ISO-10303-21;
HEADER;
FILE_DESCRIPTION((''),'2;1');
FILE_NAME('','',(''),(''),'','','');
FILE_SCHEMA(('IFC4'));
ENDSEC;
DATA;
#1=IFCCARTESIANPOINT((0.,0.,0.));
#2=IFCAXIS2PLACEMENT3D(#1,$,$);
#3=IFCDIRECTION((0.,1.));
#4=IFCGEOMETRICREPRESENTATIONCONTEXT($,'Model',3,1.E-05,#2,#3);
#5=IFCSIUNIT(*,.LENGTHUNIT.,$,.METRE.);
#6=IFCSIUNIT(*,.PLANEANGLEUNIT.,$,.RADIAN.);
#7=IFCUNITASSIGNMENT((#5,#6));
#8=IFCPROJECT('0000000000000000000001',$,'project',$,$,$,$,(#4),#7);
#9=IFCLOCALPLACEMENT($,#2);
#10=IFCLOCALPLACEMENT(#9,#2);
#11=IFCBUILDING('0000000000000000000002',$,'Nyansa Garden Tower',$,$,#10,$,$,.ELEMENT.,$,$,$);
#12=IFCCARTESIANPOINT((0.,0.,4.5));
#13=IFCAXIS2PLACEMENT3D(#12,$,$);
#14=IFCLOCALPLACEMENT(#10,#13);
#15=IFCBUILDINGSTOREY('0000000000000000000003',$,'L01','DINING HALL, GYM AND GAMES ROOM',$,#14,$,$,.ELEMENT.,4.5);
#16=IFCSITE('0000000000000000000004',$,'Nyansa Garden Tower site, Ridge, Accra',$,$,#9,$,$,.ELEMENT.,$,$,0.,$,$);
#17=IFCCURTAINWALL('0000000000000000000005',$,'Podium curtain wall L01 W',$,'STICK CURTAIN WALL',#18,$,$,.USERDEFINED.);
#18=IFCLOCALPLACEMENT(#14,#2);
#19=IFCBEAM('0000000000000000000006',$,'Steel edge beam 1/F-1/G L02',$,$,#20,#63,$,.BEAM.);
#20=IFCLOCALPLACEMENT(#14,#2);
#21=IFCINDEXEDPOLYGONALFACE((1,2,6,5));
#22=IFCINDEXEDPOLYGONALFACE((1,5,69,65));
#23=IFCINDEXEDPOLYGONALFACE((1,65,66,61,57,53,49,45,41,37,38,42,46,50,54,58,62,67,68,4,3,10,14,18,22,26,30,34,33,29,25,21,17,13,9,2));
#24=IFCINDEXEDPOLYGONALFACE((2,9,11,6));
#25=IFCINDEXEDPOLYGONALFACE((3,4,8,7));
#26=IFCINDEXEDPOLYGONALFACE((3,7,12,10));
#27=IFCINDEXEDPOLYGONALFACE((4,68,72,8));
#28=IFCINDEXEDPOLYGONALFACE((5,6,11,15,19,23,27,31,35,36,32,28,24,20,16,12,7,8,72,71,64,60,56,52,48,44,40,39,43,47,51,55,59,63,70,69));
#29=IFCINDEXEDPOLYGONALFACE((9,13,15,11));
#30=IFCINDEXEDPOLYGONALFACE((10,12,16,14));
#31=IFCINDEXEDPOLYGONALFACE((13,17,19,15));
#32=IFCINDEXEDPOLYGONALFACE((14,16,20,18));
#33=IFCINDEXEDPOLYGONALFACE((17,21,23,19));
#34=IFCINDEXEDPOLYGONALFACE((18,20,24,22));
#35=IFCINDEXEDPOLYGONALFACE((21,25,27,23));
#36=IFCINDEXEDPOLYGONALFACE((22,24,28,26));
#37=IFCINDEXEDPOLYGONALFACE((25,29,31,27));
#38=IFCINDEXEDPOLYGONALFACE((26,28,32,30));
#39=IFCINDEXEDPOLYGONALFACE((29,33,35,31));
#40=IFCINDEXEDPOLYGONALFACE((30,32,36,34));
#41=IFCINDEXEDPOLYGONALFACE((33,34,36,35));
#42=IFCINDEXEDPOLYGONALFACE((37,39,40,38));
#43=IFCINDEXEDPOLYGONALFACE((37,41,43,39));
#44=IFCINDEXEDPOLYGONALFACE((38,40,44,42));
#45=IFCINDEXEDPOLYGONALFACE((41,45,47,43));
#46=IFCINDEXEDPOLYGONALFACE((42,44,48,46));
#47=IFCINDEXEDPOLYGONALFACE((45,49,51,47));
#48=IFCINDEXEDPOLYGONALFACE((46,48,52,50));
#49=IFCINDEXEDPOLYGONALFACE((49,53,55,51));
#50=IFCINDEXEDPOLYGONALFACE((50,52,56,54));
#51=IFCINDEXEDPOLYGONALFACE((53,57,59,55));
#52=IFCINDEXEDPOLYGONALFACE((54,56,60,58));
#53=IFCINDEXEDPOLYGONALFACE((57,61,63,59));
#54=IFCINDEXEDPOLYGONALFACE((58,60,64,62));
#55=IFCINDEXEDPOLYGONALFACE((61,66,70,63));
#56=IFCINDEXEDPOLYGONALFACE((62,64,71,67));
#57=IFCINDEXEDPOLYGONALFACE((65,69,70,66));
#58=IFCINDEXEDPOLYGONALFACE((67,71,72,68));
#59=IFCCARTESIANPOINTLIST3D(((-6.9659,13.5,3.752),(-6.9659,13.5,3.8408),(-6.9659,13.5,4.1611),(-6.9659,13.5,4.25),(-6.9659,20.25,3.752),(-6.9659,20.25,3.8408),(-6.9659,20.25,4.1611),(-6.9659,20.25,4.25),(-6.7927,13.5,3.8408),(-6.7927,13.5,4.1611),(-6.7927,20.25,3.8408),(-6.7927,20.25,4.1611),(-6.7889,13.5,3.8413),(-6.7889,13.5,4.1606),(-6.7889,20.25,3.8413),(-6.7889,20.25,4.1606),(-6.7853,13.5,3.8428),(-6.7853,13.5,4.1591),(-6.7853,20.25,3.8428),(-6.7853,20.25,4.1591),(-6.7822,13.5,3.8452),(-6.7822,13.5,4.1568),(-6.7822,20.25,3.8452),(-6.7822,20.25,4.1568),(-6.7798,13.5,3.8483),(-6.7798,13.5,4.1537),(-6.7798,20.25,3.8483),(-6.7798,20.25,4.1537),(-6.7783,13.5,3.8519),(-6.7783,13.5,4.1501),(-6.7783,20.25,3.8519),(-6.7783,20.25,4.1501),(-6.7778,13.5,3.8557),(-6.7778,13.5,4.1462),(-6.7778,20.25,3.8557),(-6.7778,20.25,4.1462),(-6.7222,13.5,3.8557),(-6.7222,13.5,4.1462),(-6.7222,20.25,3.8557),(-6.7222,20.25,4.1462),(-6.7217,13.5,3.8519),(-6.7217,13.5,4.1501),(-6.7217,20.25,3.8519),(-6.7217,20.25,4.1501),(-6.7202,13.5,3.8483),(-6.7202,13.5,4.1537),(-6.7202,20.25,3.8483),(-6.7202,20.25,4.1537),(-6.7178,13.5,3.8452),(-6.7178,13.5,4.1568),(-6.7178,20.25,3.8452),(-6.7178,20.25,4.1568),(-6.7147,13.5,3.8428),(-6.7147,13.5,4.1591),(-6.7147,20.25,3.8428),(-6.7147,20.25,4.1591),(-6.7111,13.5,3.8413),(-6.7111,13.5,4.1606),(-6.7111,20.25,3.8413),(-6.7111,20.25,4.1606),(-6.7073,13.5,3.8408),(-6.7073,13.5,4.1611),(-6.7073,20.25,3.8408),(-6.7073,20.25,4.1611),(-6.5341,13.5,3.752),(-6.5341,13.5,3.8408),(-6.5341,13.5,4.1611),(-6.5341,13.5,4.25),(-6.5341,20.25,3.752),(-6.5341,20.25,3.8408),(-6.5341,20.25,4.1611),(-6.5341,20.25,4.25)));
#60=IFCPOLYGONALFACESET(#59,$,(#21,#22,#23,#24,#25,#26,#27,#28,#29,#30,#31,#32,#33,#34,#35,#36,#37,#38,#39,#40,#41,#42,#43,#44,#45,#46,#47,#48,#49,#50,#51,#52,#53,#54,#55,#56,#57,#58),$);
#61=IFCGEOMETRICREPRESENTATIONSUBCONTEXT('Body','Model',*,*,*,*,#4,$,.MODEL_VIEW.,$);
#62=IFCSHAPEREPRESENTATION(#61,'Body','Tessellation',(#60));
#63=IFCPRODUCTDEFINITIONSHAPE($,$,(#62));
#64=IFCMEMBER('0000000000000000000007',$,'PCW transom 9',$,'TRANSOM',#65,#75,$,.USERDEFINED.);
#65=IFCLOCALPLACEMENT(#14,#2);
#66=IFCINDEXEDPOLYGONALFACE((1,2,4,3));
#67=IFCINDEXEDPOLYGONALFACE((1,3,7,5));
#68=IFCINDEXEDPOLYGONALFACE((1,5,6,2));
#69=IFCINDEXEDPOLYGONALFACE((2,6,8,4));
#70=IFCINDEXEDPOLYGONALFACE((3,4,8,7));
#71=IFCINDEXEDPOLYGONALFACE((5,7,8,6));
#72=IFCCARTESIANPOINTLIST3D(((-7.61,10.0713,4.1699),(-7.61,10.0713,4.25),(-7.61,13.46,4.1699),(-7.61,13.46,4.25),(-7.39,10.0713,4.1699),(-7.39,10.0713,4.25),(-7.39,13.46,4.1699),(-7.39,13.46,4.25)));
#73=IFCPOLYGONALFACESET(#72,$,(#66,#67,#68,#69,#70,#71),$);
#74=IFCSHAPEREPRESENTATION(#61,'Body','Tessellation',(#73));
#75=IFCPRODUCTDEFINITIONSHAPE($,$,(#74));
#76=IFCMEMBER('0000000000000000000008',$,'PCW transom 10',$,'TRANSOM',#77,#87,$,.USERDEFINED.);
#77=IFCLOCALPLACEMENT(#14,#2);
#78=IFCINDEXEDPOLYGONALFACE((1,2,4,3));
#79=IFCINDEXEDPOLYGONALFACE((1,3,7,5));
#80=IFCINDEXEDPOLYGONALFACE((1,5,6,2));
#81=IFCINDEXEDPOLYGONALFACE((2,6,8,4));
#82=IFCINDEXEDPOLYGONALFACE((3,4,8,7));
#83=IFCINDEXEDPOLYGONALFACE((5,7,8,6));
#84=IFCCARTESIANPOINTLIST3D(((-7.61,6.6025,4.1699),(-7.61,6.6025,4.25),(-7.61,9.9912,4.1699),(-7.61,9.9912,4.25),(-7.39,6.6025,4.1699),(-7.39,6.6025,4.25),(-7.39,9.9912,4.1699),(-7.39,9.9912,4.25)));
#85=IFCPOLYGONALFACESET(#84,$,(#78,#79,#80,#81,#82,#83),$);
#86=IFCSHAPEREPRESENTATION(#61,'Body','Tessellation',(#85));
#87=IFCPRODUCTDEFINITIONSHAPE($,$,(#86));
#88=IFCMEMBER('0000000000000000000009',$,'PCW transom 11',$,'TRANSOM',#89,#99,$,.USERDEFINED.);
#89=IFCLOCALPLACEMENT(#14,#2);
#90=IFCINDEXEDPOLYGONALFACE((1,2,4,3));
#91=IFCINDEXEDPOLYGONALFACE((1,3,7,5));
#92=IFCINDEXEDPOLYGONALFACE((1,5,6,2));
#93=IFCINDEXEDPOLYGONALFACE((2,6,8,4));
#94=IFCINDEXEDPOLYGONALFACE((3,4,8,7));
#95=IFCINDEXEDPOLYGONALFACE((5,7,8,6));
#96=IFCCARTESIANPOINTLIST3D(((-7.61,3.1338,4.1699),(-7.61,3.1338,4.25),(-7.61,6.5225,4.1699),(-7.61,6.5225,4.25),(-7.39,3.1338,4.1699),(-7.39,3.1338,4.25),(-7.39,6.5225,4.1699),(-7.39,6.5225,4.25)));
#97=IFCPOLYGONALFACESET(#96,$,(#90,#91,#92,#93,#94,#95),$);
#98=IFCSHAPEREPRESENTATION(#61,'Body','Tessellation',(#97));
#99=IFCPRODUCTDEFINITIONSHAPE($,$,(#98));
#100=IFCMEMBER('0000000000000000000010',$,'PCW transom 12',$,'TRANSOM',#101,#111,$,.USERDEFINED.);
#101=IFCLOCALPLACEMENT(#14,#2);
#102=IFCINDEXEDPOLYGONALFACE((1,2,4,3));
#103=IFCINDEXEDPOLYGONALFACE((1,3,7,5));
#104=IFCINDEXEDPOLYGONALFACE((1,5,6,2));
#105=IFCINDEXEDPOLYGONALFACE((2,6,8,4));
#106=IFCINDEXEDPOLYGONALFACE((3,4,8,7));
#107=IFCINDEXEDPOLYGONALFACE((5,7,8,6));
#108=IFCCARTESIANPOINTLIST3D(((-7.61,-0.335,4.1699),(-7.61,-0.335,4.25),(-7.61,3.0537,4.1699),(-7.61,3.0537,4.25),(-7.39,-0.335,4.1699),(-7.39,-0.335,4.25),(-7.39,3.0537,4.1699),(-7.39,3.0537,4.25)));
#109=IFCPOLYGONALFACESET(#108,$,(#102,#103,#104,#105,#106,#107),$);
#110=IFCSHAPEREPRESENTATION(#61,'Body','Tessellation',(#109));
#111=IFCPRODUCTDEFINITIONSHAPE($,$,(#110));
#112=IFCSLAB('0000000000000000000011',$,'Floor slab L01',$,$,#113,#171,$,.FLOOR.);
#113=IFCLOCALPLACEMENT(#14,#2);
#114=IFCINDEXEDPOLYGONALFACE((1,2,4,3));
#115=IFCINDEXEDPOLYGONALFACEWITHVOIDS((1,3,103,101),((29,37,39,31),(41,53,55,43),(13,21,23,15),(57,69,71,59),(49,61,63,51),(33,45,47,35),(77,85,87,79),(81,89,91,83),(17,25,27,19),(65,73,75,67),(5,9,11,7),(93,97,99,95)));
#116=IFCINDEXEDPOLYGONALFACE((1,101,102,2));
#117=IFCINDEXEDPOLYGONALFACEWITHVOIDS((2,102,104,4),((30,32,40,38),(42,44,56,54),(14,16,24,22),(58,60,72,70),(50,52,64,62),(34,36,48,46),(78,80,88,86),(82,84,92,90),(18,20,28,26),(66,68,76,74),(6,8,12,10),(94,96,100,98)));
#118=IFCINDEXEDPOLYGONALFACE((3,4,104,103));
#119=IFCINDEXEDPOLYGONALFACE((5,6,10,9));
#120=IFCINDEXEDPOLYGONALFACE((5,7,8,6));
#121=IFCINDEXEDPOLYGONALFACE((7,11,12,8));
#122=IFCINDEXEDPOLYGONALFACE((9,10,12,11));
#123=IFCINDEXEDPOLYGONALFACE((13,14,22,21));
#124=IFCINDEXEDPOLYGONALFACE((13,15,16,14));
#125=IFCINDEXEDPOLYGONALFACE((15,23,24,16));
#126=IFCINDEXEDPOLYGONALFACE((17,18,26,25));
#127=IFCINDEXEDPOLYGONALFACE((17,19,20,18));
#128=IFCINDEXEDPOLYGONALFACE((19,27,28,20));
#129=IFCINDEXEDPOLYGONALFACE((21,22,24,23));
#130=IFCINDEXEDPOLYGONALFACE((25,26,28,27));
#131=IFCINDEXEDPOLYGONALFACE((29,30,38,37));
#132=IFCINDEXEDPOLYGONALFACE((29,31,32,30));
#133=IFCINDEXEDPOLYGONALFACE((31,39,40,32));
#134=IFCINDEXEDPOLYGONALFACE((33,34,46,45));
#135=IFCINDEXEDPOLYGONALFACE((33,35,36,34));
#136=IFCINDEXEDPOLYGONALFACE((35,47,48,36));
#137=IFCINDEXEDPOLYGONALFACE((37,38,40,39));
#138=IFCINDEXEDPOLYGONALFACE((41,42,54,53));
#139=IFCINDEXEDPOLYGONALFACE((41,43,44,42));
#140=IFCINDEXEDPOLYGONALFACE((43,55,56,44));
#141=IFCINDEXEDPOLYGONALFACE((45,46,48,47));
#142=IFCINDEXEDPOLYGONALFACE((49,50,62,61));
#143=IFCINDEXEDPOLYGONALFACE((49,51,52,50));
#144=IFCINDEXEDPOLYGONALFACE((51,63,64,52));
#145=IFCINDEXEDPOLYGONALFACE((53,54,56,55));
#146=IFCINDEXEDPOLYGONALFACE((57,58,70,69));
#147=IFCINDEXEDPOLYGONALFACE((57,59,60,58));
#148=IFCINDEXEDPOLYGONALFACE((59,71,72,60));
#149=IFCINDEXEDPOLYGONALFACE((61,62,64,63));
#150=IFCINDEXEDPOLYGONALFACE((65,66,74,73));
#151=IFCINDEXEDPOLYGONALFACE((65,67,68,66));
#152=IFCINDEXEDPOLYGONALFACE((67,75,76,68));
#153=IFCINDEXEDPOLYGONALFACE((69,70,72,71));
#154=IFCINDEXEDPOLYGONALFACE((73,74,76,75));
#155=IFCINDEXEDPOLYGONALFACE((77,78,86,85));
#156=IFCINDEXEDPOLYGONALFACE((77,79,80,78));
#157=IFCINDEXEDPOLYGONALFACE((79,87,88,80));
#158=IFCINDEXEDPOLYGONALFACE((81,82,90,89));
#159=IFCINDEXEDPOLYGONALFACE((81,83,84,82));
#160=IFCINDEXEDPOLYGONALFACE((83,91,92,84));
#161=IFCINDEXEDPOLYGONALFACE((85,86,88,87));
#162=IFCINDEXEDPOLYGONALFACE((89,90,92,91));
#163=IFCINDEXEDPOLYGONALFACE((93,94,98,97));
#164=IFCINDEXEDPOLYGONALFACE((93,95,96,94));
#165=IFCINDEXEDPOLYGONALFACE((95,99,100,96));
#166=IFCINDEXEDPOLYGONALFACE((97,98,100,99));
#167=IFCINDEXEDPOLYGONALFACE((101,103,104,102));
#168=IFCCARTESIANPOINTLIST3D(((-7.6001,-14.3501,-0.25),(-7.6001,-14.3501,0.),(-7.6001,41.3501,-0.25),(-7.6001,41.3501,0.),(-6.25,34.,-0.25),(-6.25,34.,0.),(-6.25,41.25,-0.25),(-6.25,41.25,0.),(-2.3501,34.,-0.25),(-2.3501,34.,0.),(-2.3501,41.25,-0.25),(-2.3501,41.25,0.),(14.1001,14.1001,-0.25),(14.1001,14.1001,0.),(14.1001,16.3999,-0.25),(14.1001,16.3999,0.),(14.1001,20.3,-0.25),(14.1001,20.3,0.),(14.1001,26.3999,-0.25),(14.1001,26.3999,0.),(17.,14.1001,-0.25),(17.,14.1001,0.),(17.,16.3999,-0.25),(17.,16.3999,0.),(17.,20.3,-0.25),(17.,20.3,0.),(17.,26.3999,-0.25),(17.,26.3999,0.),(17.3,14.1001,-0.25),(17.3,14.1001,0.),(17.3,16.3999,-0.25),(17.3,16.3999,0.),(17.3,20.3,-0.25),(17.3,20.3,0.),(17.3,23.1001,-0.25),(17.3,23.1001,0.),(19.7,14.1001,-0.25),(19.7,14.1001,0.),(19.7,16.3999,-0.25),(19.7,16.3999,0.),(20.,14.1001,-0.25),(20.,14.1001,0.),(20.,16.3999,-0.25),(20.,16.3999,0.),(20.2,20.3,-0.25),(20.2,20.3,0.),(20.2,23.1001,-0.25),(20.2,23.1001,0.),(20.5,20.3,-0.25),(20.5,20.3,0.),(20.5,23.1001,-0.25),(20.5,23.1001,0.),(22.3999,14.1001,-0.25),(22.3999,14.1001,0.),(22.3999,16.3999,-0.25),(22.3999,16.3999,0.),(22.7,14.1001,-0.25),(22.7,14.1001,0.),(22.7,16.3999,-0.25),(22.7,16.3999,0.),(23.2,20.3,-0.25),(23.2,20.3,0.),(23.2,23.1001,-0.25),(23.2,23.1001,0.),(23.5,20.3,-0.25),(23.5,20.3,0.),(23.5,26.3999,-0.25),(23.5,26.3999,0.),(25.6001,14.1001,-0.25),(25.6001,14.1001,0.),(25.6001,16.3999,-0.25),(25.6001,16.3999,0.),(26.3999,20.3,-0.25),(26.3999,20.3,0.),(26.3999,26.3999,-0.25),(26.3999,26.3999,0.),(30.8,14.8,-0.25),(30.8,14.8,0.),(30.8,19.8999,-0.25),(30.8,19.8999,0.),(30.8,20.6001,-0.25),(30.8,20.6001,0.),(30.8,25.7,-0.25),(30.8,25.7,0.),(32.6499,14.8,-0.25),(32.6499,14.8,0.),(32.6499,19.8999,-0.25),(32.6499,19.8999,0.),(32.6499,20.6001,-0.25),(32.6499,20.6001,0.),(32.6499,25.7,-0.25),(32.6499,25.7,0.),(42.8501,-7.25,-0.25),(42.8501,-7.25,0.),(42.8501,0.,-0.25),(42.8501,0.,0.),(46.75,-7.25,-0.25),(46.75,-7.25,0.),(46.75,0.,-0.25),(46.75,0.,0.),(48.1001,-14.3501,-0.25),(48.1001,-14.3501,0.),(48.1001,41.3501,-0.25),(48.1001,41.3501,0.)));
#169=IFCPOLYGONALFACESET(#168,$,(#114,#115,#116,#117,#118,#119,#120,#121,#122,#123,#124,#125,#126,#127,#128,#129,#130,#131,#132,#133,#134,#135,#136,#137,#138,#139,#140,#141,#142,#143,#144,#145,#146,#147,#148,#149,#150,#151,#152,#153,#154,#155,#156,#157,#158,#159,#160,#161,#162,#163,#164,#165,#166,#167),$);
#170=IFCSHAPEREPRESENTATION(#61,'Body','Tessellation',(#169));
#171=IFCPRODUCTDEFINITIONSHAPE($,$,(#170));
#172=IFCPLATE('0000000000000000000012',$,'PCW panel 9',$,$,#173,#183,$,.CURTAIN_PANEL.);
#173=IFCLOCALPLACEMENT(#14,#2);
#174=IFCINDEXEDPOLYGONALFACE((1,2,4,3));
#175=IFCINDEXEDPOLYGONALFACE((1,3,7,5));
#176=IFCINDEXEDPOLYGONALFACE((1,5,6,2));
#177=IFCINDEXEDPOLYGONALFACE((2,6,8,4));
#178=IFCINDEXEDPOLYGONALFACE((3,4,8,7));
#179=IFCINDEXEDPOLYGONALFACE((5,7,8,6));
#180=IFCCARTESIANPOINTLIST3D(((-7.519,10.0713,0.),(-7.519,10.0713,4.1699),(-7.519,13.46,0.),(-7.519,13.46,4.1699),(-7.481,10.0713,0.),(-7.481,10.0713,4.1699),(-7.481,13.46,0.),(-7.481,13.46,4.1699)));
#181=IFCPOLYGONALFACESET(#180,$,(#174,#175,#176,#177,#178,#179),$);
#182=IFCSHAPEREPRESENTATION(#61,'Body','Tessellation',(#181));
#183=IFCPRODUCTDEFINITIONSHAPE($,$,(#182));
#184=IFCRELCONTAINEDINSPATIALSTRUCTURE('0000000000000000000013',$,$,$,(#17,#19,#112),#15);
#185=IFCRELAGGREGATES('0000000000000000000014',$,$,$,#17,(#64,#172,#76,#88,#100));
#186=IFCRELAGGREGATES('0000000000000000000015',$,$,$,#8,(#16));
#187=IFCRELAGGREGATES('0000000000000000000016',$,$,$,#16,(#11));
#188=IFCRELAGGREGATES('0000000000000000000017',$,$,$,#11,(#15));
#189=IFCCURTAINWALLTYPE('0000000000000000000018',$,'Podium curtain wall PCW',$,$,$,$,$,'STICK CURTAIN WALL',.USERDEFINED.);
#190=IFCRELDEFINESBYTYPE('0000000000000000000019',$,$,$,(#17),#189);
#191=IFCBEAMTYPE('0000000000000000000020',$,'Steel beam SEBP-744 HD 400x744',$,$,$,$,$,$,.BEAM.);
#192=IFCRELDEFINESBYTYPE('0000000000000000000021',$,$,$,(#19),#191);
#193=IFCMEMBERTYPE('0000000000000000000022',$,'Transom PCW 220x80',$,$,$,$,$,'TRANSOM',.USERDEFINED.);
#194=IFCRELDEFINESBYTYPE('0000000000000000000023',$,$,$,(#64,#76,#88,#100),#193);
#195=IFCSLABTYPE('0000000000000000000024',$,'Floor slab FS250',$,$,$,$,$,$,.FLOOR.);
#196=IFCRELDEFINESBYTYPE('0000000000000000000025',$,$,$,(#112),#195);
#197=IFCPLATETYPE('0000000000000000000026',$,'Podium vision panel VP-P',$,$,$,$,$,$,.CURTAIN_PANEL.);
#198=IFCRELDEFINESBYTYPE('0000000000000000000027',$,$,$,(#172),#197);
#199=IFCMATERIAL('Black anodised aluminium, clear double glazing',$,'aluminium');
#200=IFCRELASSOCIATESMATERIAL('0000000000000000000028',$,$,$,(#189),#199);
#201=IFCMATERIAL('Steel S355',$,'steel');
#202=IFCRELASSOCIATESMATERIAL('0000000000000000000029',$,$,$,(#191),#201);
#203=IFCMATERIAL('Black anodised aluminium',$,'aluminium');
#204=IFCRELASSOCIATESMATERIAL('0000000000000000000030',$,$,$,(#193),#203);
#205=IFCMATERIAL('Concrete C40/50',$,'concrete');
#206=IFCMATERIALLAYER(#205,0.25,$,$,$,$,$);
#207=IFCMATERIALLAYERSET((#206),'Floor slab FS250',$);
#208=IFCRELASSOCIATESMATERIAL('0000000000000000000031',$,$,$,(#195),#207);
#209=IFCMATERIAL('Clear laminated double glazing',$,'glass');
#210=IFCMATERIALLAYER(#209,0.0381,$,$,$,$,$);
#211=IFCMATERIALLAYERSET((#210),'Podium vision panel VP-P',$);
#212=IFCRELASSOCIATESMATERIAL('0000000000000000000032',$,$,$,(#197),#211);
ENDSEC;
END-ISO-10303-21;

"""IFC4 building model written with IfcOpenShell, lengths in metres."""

from ifc_helpers import new_model, si_unit, direction, frame, origin, origin_2d, place, context, subcontext, project, spatial, polyline, rectangle, i_section, outline, extrude, material, layer, layer_set, material_profile, profile_set, type_object, element, aggregate, save


model = new_model("IFC4")

# Units and contexts
model_context = context("Model", 3, precision=1e-05, world=origin(), true_north=direction((0.0, 1.0)))
body_context = subcontext(model_context, "Body", "Model", "MODEL_VIEW")
ifc_project = project(units=[si_unit("LENGTHUNIT", "METRE"), si_unit("PLANEANGLEUNIT", "RADIAN")], contexts=[model_context])

# Site, building, storey
site_placement = place(None, origin())
site = spatial("IfcSite", under=ifc_project, at=site_placement, Name="Nyansa Garden Tower site, Ridge, Accra", CompositionType="ELEMENT", RefElevation=0.0)
building_placement = place(site_placement, origin())
building = spatial("IfcBuilding", under=site, at=building_placement, Name="Nyansa Garden Tower", CompositionType="ELEMENT")
storey_placement = place(building_placement, frame((0.0, 0.0, 4.5)))
storey = spatial("IfcBuildingStorey", under=building, at=storey_placement, Name="L01", Description="DINING HALL, GYM AND GAMES ROOM", CompositionType="ELEMENT", Elevation=4.5)

# Curtain wall
ifc_material_1 = material(Name="Black anodised aluminium, clear double glazing", Category="aluminium")
curtain_wall_type = type_object("IfcCurtainWallType", Name="Podium curtain wall PCW", ElementType="STICK CURTAIN WALL", PredefinedType="USERDEFINED", material=ifc_material_1)
curtain_wall_placement = place(storey_placement, origin())
curtain_wall = element("IfcCurtainWall", 1, at=curtain_wall_placement, inside=storey, type_object=curtain_wall_type, Name="Podium curtain wall L01 W", ObjectType="STICK CURTAIN WALL", PredefinedType="USERDEFINED")

# Beam
ifc_material_2 = material(Name="Steel S355", Category="steel")
ifc_material_profile_1 = material_profile(ifc_material_2, i_section(OverallWidth=0.4319, OverallDepth=0.498, WebThickness=0.0557, FlangeThickness=0.0889, FilletRadius=0.0149, at=origin_2d()), Name="HD 400x744")
ifc_profile_set_1 = profile_set([ifc_material_profile_1], Name="Steel S355")
beam_type_1 = type_object("IfcBeamType", Name="Steel beam SEBP-744 HD 400x744", PredefinedType="BEAM", material=ifc_profile_set_1)
for number, where, z_axis, x_axis, name in (
    (2, (-6.75, 13.5, 4.001), (0.0, 1.0, 0.0), (-1.0, 0.0, 0.0), "Steel edge beam 1/F-1/G L02"),
):
    element("IfcBeam", number, at=place(storey_placement, frame(where, z_axis=z_axis, x_axis=x_axis)), inside=storey, type_object=beam_type_1, Name=name, PredefinedType="BEAM", context=body_context, shape_type="SweptSolid", body=[
        extrude(i_section(OverallWidth=0.4319, OverallDepth=0.498, WebThickness=0.0557, FlangeThickness=0.0889, FilletRadius=0.0149, at=origin_2d()), origin(), (0.0, 0.0, 1.0), 6.75),
    ])

# Members
ifc_material_3 = material(Name="Black anodised aluminium", Category="aluminium")
ifc_material_profile_2 = material_profile(ifc_material_3, rectangle(XDim=0.22, YDim=0.0801, at=origin_2d()), Name="Transom 220x80")
ifc_profile_set_2 = profile_set([ifc_material_profile_2], Name="Black anodised aluminium")
member_type_1 = type_object("IfcMemberType", Name="Transom PCW 220x80", ElementType="TRANSOM", PredefinedType="USERDEFINED", material=ifc_profile_set_2)
member_1_placement = place(storey_placement, frame((-7.5, 13.46, 4.21), z_axis=(0.0, -1.0, 0.0), x_axis=(1.0, 0.0, 0.0)))
member_1 = element("IfcMember", 3, at=member_1_placement, type_object=member_type_1, Name="PCW transom 9", ObjectType="TRANSOM", PredefinedType="USERDEFINED", context=body_context, shape_type="SweptSolid", body=[
    extrude(rectangle(XDim=0.22, YDim=0.0801, at=origin_2d()), origin(), (0.0, 0.0, 1.0), 3.3887),
])
member_2_placement = place(storey_placement, frame((-7.5, 9.9912, 4.21), z_axis=(0.0, -1.0, 0.0), x_axis=(1.0, 0.0, 0.0)))
member_2 = element("IfcMember", 4, at=member_2_placement, type_object=member_type_1, Name="PCW transom 10", ObjectType="TRANSOM", PredefinedType="USERDEFINED", context=body_context, shape_type="SweptSolid", body=[
    extrude(rectangle(XDim=0.22, YDim=0.0801, at=origin_2d()), origin(), (0.0, 0.0, 1.0), 3.3887),
])
member_3_placement = place(storey_placement, frame((-7.5, 6.5225, 4.21), z_axis=(0.0, -1.0, 0.0), x_axis=(1.0, 0.0, 0.0)))
member_3 = element("IfcMember", 5, at=member_3_placement, type_object=member_type_1, Name="PCW transom 11", ObjectType="TRANSOM", PredefinedType="USERDEFINED", context=body_context, shape_type="SweptSolid", body=[
    extrude(rectangle(XDim=0.22, YDim=0.0801, at=origin_2d()), origin(), (0.0, 0.0, 1.0), 3.3887),
])
member_4_placement = place(storey_placement, frame((-7.5, 3.0537, 4.21), z_axis=(0.0, -1.0, 0.0), x_axis=(1.0, 0.0, 0.0)))
member_4 = element("IfcMember", 6, at=member_4_placement, type_object=member_type_1, Name="PCW transom 12", ObjectType="TRANSOM", PredefinedType="USERDEFINED", context=body_context, shape_type="SweptSolid", body=[
    extrude(rectangle(XDim=0.22, YDim=0.0801, at=origin_2d()), origin(), (0.0, 0.0, 1.0), 3.3887),
])

# Slab
ifc_material_4 = material(Name="Concrete C40/50", Category="concrete")
ifc_layer_1 = layer(ifc_material_4, 0.25)
ifc_layer_set_1 = layer_set([ifc_layer_1], Name="Floor slab FS250")
slab_type_1 = type_object("IfcSlabType", Name="Floor slab FS250", PredefinedType="FLOOR", material=ifc_layer_set_1)
slab_1_placement = place(storey_placement, frame((0.0, 0.0, -0.25)))
element("IfcSlab", 7, at=slab_1_placement, inside=storey, type_object=slab_type_1, Name="Floor slab L01", PredefinedType="FLOOR", context=body_context, shape_type="SweptSolid", body=[
    extrude(outline(polyline([(48.1001, -14.3501), (-7.6001, -14.3501), (-7.6001, 41.3501), (48.1001, 41.3501), (48.1001, -14.3501)]), holes=[polyline([(14.1001, 14.1001), (17.0, 14.1001), (17.0, 16.3999), (14.1001, 16.3999), (14.1001, 14.1001)]), polyline([(17.3, 14.1001), (19.7, 14.1001), (19.7, 16.3999), (17.3, 16.3999), (17.3, 14.1001)]), polyline([(20.0, 14.1001), (22.3999, 14.1001), (22.3999, 16.3999), (20.0, 16.3999), (20.0, 14.1001)]), polyline([(22.7, 14.1001), (25.6001, 14.1001), (25.6001, 16.3999), (22.7, 16.3999), (22.7, 14.1001)]), polyline([(17.3, 20.3), (20.2, 20.3), (20.2, 23.1001), (17.3, 23.1001), (17.3, 20.3)]), polyline([(20.5, 20.3), (23.2, 20.3), (23.2, 23.1001), (20.5, 23.1001), (20.5, 20.3)]), polyline([(30.8, 14.8), (32.6499, 14.8), (32.6499, 19.8999), (30.8, 19.8999), (30.8, 14.8)]), polyline([(30.8, 20.6001), (32.6499, 20.6001), (32.6499, 25.7), (30.8, 25.7), (30.8, 20.6001)]), polyline([(14.1001, 20.3), (17.0, 20.3), (17.0, 26.3999), (14.1001, 26.3999), (14.1001, 20.3)]), polyline([(23.5, 20.3), (26.3999, 20.3), (26.3999, 26.3999), (23.5, 26.3999), (23.5, 20.3)]), polyline([(-6.25, 34.0), (-2.3501, 34.0), (-2.3501, 41.25), (-6.25, 41.25), (-6.25, 34.0)]), polyline([(42.8501, -7.25), (46.75, -7.25), (46.75, 0.0), (42.8501, 0.0), (42.8501, -7.25)])]), origin(), (0.0, 0.0, 1.0), 0.25),
])

# Plate
ifc_material_5 = material(Name="Clear laminated double glazing", Category="glass")
ifc_layer_2 = layer(ifc_material_5, 0.0381)
ifc_layer_set_2 = layer_set([ifc_layer_2], Name="Podium vision panel VP-P")
plate_type = type_object("IfcPlateType", Name="Podium vision panel VP-P", PredefinedType="CURTAIN_PANEL", material=ifc_layer_set_2)
plate_1_placement = place(storey_placement, frame((-7.5, 11.7656, 0.0), z_axis=(0.0, 0.0, 1.0), x_axis=(0.0, -1.0, 0.0)))
plate_1 = element("IfcPlate", 8, at=plate_1_placement, type_object=plate_type, Name="PCW panel 9", PredefinedType="CURTAIN_PANEL", context=body_context, shape_type="SweptSolid", body=[
    extrude(rectangle(XDim=3.3887, YDim=0.0381, at=origin_2d()), origin(), (0.0, 0.0, 1.0), 4.1699),
])
aggregate(curtain_wall, [member_1, plate_1, member_2, member_3, member_4])

save(model, "model.ifc")
